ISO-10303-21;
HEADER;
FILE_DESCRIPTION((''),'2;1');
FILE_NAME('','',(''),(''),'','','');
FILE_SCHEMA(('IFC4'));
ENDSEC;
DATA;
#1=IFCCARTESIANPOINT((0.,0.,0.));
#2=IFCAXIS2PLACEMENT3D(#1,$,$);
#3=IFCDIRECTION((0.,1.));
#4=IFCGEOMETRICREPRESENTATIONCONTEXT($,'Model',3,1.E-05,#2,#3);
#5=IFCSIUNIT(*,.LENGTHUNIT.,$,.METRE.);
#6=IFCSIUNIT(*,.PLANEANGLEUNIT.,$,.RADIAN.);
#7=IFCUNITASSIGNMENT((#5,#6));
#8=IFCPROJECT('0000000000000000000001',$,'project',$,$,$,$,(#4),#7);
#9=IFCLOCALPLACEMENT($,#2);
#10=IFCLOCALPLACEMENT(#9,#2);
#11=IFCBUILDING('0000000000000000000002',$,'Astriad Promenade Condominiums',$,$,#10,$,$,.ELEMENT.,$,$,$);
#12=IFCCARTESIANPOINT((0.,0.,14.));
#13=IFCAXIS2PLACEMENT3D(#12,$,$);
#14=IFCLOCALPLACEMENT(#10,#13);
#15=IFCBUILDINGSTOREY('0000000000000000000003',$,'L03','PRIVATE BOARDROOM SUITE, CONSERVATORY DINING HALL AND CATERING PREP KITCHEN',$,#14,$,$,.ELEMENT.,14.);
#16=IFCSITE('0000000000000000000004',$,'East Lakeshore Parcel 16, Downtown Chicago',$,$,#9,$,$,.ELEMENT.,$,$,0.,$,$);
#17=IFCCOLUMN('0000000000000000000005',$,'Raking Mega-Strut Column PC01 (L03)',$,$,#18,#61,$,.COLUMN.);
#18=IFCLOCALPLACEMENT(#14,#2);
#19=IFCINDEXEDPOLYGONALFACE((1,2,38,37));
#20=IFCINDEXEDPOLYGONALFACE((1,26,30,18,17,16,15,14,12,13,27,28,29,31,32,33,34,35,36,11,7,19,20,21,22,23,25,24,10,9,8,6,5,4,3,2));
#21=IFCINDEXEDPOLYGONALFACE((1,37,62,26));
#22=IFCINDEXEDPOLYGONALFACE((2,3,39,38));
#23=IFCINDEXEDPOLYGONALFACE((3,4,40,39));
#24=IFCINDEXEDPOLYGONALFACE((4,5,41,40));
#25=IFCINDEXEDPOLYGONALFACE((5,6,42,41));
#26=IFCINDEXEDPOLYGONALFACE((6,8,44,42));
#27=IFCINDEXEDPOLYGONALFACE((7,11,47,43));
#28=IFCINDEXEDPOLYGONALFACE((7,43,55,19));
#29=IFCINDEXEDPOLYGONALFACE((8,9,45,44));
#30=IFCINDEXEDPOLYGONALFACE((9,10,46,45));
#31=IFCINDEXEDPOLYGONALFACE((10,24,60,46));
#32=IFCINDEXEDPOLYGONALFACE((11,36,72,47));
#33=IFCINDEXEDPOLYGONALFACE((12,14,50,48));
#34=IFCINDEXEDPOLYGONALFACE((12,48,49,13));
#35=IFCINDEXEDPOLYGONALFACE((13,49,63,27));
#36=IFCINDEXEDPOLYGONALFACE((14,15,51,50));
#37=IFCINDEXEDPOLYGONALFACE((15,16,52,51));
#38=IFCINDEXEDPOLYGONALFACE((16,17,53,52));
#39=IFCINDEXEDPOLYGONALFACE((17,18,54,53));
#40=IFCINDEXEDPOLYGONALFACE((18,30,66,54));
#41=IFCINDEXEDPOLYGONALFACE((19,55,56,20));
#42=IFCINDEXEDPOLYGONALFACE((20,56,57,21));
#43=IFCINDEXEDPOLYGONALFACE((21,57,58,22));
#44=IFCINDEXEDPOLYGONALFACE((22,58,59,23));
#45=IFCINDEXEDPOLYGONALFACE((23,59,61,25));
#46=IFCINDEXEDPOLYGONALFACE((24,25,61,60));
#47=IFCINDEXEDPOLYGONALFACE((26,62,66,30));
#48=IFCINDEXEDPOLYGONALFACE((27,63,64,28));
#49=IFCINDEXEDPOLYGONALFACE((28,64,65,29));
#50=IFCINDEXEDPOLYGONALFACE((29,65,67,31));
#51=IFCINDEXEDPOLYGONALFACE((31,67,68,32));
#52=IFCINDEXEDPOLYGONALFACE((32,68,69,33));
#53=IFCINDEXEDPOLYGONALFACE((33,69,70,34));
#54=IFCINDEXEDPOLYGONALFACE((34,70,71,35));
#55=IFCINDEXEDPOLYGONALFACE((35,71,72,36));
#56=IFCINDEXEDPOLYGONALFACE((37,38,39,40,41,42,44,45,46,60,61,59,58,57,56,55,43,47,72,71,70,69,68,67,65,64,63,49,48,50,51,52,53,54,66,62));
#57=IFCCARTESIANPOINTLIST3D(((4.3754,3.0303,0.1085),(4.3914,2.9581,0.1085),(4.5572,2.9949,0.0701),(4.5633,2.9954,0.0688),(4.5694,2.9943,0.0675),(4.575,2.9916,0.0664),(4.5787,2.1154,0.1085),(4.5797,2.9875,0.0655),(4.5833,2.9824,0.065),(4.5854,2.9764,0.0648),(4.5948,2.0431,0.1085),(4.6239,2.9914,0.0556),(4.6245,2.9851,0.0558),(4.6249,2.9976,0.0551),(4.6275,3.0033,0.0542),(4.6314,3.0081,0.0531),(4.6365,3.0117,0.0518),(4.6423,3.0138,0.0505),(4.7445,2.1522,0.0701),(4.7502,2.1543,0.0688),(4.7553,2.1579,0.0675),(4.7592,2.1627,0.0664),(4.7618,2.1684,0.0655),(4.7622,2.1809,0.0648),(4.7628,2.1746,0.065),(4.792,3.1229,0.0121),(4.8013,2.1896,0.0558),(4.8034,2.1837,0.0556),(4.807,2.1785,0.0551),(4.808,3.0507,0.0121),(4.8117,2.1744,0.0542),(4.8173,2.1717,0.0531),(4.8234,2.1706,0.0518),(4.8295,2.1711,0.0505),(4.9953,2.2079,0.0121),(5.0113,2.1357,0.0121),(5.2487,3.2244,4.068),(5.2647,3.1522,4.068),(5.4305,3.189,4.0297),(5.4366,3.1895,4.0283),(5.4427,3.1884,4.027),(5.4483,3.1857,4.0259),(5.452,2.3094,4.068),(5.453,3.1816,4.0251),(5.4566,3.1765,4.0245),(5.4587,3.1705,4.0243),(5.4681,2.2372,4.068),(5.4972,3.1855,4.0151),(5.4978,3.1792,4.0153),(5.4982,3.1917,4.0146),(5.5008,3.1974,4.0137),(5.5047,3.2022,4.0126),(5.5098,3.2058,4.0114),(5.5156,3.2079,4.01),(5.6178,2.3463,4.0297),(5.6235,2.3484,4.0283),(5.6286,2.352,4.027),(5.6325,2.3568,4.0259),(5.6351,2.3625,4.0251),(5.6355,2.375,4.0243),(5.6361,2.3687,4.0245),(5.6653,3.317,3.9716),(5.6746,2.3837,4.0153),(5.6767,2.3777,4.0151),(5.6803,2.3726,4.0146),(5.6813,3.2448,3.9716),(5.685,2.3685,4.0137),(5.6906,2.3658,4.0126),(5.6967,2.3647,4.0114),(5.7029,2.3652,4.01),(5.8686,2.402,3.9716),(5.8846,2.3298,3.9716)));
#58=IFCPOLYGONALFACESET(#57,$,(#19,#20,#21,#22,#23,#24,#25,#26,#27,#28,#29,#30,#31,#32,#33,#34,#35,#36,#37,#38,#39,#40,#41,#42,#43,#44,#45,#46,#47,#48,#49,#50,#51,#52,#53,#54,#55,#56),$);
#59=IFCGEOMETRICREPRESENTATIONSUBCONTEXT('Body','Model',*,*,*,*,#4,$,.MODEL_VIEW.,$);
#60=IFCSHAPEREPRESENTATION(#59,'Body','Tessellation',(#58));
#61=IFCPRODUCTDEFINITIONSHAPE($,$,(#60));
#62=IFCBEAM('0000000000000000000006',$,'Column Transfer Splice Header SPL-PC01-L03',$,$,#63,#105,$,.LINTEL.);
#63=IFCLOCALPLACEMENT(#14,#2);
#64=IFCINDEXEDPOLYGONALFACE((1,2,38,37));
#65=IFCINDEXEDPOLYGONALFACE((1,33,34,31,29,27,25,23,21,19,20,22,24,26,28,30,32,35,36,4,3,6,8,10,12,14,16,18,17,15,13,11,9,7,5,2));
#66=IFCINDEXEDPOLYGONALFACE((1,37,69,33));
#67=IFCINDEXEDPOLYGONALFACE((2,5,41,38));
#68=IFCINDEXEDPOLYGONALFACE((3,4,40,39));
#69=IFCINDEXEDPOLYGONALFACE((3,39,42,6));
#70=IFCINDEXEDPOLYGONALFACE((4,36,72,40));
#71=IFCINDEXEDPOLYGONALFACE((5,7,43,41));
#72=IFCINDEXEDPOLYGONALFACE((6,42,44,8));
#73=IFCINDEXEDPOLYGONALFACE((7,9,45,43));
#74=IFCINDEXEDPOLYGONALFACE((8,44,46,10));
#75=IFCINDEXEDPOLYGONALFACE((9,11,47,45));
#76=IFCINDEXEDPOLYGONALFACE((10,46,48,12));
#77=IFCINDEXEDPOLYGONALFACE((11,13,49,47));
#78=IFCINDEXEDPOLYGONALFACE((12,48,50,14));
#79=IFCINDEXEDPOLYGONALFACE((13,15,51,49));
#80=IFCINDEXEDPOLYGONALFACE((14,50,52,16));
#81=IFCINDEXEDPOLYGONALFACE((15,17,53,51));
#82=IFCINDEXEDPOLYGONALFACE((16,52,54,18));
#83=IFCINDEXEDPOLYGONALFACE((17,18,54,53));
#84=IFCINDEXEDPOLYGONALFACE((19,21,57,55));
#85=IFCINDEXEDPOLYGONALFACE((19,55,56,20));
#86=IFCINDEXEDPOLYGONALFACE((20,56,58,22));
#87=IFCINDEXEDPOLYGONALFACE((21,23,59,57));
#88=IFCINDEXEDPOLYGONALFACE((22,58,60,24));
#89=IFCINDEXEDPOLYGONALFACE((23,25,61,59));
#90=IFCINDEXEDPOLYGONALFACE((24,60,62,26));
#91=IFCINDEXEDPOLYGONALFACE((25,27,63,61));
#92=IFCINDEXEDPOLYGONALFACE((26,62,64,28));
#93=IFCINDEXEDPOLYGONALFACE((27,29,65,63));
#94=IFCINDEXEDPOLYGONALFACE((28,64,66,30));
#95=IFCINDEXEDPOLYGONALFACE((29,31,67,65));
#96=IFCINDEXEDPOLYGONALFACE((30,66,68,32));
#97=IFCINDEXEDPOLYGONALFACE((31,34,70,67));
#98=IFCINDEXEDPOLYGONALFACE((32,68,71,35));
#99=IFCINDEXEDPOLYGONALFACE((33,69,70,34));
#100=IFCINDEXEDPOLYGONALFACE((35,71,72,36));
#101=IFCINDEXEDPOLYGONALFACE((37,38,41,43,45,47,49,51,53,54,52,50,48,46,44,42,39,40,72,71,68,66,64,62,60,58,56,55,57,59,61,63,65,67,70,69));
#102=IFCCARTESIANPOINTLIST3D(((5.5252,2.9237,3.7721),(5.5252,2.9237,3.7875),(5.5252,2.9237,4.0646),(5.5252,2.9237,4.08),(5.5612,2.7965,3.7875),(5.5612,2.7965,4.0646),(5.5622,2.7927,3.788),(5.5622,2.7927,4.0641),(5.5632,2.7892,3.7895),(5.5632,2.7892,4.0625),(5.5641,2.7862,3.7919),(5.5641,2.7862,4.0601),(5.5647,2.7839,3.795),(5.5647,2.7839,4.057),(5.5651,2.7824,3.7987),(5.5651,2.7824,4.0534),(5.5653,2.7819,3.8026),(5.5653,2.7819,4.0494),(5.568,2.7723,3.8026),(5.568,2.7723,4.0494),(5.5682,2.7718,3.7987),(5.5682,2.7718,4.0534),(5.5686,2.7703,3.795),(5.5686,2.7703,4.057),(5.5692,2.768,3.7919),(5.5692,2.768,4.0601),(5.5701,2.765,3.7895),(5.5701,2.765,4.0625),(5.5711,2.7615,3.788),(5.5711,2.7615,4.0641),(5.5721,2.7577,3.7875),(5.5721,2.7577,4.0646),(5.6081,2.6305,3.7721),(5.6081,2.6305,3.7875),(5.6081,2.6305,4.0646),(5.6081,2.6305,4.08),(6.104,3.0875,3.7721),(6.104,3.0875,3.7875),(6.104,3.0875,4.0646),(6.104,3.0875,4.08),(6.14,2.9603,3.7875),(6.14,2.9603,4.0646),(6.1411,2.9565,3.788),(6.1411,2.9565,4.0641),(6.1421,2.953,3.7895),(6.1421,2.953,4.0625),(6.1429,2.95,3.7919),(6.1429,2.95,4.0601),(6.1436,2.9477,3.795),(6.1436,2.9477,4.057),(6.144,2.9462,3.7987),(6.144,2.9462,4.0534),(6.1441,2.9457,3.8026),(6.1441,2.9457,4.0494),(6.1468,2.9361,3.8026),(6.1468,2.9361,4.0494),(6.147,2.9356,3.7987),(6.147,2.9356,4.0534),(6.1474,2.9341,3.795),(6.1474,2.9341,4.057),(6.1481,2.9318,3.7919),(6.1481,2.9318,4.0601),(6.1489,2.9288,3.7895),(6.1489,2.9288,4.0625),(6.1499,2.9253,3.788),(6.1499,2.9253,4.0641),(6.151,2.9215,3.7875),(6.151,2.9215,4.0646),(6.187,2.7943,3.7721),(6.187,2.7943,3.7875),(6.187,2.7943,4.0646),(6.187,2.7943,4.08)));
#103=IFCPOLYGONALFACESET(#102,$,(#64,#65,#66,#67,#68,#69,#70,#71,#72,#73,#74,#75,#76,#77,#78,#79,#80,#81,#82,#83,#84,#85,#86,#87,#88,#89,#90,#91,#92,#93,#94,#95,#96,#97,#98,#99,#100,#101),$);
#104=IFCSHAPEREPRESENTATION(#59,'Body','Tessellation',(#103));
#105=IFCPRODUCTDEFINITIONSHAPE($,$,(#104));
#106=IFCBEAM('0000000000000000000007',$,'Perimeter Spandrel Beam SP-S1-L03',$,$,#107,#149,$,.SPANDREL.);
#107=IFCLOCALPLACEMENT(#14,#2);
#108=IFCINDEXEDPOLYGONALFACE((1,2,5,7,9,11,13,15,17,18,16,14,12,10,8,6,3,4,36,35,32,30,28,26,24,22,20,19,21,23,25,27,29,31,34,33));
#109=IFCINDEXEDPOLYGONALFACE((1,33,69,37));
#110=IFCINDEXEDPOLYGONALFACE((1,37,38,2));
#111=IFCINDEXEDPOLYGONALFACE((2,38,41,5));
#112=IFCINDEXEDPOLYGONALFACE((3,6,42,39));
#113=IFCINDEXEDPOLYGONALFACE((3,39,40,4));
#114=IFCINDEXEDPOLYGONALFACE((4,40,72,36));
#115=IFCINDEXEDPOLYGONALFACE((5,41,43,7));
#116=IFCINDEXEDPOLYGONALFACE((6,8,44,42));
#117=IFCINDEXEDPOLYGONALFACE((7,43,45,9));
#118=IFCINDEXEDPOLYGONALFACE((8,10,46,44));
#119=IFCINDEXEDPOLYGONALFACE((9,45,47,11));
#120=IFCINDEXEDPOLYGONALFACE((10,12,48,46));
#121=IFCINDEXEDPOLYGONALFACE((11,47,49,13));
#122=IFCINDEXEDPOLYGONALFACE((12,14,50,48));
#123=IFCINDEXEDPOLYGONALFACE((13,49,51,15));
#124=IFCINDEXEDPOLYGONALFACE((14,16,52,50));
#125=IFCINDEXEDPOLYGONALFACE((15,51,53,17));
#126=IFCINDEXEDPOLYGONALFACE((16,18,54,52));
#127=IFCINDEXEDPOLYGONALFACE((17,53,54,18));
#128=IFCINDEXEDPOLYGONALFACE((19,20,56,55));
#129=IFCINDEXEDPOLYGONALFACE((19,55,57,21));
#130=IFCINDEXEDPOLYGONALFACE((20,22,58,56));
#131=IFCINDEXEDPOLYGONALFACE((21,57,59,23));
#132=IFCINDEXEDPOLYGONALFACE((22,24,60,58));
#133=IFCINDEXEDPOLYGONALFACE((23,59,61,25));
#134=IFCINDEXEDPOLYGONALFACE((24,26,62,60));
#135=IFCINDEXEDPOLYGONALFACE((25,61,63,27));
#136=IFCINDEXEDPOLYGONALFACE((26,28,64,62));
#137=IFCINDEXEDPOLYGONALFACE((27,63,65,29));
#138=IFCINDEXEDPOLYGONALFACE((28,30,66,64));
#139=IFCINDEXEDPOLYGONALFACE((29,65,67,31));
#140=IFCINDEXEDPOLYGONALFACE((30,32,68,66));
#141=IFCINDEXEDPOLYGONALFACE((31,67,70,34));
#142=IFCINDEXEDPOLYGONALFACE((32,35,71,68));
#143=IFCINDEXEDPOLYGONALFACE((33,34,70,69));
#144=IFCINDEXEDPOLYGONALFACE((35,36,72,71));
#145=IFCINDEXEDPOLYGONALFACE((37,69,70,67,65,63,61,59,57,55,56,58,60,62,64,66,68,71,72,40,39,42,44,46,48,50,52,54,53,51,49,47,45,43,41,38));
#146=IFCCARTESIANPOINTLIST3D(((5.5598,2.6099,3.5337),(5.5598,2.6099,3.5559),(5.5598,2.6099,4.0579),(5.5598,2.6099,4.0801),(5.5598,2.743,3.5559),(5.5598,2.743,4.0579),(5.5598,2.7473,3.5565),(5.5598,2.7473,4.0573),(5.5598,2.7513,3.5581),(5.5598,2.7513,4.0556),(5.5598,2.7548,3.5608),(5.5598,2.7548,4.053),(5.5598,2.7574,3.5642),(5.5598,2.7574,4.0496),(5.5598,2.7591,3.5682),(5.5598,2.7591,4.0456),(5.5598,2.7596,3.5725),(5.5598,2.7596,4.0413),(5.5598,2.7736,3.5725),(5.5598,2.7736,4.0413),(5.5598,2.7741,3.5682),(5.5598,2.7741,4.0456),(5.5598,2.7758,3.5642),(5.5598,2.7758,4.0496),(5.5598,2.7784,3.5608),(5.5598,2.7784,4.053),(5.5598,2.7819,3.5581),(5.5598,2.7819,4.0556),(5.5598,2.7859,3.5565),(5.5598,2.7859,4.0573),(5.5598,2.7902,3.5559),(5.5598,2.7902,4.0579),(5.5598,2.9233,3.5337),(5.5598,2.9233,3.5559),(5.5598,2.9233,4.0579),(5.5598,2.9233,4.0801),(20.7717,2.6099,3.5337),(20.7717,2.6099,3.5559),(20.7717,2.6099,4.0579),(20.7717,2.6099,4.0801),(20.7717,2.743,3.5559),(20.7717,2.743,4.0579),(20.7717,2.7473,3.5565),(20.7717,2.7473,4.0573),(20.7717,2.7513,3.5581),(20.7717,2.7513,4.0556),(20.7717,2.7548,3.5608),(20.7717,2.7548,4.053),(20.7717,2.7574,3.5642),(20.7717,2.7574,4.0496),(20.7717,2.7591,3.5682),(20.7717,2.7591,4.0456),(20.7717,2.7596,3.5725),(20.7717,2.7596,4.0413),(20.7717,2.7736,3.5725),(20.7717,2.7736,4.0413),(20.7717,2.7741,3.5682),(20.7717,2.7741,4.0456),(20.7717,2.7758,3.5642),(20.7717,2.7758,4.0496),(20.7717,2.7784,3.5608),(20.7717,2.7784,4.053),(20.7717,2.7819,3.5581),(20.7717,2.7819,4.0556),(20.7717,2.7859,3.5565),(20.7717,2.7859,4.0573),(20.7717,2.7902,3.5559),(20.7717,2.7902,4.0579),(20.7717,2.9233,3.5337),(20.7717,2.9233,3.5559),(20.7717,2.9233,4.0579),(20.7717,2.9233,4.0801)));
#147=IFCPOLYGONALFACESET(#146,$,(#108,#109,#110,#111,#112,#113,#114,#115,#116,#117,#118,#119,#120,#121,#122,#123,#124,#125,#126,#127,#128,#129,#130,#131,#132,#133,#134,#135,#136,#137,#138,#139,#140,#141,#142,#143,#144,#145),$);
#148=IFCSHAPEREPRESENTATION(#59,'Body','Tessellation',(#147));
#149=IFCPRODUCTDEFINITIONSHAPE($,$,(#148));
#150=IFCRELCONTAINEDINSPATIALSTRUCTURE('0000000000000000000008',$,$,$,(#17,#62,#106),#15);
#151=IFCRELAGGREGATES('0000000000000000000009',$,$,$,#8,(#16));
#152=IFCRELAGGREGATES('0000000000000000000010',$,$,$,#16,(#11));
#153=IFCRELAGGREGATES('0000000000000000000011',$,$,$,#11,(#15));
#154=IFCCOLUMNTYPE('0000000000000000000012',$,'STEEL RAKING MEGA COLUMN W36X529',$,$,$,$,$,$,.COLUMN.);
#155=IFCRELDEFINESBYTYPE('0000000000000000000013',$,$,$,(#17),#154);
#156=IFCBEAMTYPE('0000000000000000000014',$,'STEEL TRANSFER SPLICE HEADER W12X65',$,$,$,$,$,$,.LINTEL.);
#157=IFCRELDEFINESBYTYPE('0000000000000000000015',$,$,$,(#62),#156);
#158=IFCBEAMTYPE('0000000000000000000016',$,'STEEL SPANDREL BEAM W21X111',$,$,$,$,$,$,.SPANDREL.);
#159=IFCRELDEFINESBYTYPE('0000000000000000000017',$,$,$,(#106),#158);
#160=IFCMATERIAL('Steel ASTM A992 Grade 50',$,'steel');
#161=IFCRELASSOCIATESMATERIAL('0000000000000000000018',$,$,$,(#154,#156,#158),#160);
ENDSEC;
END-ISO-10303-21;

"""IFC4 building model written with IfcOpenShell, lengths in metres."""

from ifc_helpers import new_model, si_unit, direction, frame, origin, origin_2d, place, context, subcontext, project, spatial, i_section, extrude, source, transform, mapped, material, material_profile, profile_set, type_object, type_shapes, element, save


model = new_model("IFC4")

# Units and contexts
model_context = context("Model", 3, precision=1e-05, world=origin(), true_north=direction((0.0, 1.0)))
body_context = subcontext(model_context, "Body", "Model", "MODEL_VIEW")
ifc_project = project(units=[si_unit("LENGTHUNIT", "METRE"), si_unit("PLANEANGLEUNIT", "RADIAN")], contexts=[model_context])

# Site, building, storey
site_placement = place(None, origin())
site = spatial("IfcSite", under=ifc_project, at=site_placement, Name="East Lakeshore Parcel 16, Downtown Chicago", CompositionType="ELEMENT", RefElevation=0.0)
building_placement = place(site_placement, origin())
building = spatial("IfcBuilding", under=site, at=building_placement, Name="Astriad Promenade Condominiums", CompositionType="ELEMENT")
storey_placement = place(building_placement, frame((0.0, 0.0, 14.0)))
storey = spatial("IfcBuildingStorey", under=building, at=storey_placement, Name="L03", Description="PRIVATE BOARDROOM SUITE, CONSERVATORY DINING HALL AND CATERING PREP KITCHEN", CompositionType="ELEMENT", Elevation=14.0)

# Column
ifc_material_1 = material(Name="Steel ASTM A992 Grade 50", Category="steel")
ifc_material_profile_1 = material_profile(ifc_material_1, i_section(OverallWidth=0.4375, OverallDepth=1.0112, WebThickness=0.041, FlangeThickness=0.074, FilletRadius=0.0242, at=origin_2d()), Name="W36X529")
ifc_profile_set_1 = profile_set([ifc_material_profile_1], Name="Steel ASTM A992 Grade 50")
column_type = type_object("IfcColumnType", Name="STEEL RAKING MEGA COLUMN W36X529", PredefinedType="COLUMN", material=ifc_profile_set_1)
shared_shape_1 = source(origin(), body_context, "Body", "SweptSolid", [
    extrude(i_section(OverallWidth=0.4375, OverallDepth=1.0112, WebThickness=0.041, FlangeThickness=0.074, FilletRadius=0.0242, at=origin_2d()), origin(), (0.0, 0.0, 1.0), 4.0593),
])
type_shapes(column_type, [shared_shape_1])
column_placement = place(storey_placement, frame((4.6934, 2.583, 0.0603), z_axis=(0.215135, 0.047814, 0.975413), x_axis=(-0.952179, -0.211625, 0.220384)))
element("IfcColumn", 1, at=column_placement, inside=storey, type_object=column_type, Name="Raking Mega-Strut Column PC01 (L03)", PredefinedType="COLUMN", context=body_context, shape_type="MappedRepresentation", body=[
    mapped(shared_shape_1, transform((0.0, 0.0, 0.0), scale=1.0)),
])

# Beams
ifc_material_profile_2 = material_profile(ifc_material_1, i_section(OverallWidth=0.3047, OverallDepth=0.3079, WebThickness=0.01, FlangeThickness=0.0154, FilletRadius=0.0151, at=origin_2d()), Name="W12X65")
ifc_profile_set_2 = profile_set([ifc_material_profile_2], Name="Steel ASTM A992 Grade 50")
beam_type_1 = type_object("IfcBeamType", Name="STEEL TRANSFER SPLICE HEADER W12X65", PredefinedType="LINTEL", material=ifc_profile_set_2)
shared_shape_2 = source(origin(), body_context, "Body", "SweptSolid", [
    extrude(i_section(OverallWidth=0.3047, OverallDepth=0.3079, WebThickness=0.01, FlangeThickness=0.0154, FilletRadius=0.0151, at=origin_2d()), origin(), (0.0, 0.0, 1.0), 0.6016),
])
type_shapes(beam_type_1, [shared_shape_2])
beam_1_placement = place(storey_placement, frame((5.5667, 2.7771, 3.926), z_axis=(0.96221, 0.272308, 0.0), x_axis=(-0.272308, 0.96221, 0.0)))
element("IfcBeam", 2, at=beam_1_placement, inside=storey, type_object=beam_type_1, Name="Column Transfer Splice Header SPL-PC01-L03", PredefinedType="LINTEL", context=body_context, shape_type="MappedRepresentation", body=[
    mapped(shared_shape_2, transform((0.0, 0.0, 0.0), scale=1.0)),
])
ifc_material_profile_3 = material_profile(ifc_material_1, i_section(OverallWidth=0.3135, OverallDepth=0.5464, WebThickness=0.0139, FlangeThickness=0.0222, FilletRadius=0.0166, at=origin_2d()), Name="W21X111")
ifc_profile_set_3 = profile_set([ifc_material_profile_3], Name="Steel ASTM A992 Grade 50")
beam_type_2 = type_object("IfcBeamType", Name="STEEL SPANDREL BEAM W21X111", PredefinedType="SPANDREL", material=ifc_profile_set_3)
shared_shape_3 = source(origin(), body_context, "Body", "SweptSolid", [
    extrude(i_section(OverallWidth=0.3135, OverallDepth=0.5464, WebThickness=0.0139, FlangeThickness=0.0222, FilletRadius=0.0166, at=origin_2d()), origin(), (0.0, 0.0, 1.0), 15.2119),
])
type_shapes(beam_type_2, [shared_shape_3])
beam_2_placement = place(storey_placement, frame((5.5598, 2.7666, 3.8069), z_axis=(1.0, 0.0, 0.0), x_axis=(0.0, 1.0, 0.0)))
element("IfcBeam", 3, at=beam_2_placement, inside=storey, type_object=beam_type_2, Name="Perimeter Spandrel Beam SP-S1-L03", PredefinedType="SPANDREL", context=body_context, shape_type="MappedRepresentation", body=[
    mapped(shared_shape_3, transform((0.0, 0.0, 0.0), scale=1.0)),
])

save(model, "model.ifc")
